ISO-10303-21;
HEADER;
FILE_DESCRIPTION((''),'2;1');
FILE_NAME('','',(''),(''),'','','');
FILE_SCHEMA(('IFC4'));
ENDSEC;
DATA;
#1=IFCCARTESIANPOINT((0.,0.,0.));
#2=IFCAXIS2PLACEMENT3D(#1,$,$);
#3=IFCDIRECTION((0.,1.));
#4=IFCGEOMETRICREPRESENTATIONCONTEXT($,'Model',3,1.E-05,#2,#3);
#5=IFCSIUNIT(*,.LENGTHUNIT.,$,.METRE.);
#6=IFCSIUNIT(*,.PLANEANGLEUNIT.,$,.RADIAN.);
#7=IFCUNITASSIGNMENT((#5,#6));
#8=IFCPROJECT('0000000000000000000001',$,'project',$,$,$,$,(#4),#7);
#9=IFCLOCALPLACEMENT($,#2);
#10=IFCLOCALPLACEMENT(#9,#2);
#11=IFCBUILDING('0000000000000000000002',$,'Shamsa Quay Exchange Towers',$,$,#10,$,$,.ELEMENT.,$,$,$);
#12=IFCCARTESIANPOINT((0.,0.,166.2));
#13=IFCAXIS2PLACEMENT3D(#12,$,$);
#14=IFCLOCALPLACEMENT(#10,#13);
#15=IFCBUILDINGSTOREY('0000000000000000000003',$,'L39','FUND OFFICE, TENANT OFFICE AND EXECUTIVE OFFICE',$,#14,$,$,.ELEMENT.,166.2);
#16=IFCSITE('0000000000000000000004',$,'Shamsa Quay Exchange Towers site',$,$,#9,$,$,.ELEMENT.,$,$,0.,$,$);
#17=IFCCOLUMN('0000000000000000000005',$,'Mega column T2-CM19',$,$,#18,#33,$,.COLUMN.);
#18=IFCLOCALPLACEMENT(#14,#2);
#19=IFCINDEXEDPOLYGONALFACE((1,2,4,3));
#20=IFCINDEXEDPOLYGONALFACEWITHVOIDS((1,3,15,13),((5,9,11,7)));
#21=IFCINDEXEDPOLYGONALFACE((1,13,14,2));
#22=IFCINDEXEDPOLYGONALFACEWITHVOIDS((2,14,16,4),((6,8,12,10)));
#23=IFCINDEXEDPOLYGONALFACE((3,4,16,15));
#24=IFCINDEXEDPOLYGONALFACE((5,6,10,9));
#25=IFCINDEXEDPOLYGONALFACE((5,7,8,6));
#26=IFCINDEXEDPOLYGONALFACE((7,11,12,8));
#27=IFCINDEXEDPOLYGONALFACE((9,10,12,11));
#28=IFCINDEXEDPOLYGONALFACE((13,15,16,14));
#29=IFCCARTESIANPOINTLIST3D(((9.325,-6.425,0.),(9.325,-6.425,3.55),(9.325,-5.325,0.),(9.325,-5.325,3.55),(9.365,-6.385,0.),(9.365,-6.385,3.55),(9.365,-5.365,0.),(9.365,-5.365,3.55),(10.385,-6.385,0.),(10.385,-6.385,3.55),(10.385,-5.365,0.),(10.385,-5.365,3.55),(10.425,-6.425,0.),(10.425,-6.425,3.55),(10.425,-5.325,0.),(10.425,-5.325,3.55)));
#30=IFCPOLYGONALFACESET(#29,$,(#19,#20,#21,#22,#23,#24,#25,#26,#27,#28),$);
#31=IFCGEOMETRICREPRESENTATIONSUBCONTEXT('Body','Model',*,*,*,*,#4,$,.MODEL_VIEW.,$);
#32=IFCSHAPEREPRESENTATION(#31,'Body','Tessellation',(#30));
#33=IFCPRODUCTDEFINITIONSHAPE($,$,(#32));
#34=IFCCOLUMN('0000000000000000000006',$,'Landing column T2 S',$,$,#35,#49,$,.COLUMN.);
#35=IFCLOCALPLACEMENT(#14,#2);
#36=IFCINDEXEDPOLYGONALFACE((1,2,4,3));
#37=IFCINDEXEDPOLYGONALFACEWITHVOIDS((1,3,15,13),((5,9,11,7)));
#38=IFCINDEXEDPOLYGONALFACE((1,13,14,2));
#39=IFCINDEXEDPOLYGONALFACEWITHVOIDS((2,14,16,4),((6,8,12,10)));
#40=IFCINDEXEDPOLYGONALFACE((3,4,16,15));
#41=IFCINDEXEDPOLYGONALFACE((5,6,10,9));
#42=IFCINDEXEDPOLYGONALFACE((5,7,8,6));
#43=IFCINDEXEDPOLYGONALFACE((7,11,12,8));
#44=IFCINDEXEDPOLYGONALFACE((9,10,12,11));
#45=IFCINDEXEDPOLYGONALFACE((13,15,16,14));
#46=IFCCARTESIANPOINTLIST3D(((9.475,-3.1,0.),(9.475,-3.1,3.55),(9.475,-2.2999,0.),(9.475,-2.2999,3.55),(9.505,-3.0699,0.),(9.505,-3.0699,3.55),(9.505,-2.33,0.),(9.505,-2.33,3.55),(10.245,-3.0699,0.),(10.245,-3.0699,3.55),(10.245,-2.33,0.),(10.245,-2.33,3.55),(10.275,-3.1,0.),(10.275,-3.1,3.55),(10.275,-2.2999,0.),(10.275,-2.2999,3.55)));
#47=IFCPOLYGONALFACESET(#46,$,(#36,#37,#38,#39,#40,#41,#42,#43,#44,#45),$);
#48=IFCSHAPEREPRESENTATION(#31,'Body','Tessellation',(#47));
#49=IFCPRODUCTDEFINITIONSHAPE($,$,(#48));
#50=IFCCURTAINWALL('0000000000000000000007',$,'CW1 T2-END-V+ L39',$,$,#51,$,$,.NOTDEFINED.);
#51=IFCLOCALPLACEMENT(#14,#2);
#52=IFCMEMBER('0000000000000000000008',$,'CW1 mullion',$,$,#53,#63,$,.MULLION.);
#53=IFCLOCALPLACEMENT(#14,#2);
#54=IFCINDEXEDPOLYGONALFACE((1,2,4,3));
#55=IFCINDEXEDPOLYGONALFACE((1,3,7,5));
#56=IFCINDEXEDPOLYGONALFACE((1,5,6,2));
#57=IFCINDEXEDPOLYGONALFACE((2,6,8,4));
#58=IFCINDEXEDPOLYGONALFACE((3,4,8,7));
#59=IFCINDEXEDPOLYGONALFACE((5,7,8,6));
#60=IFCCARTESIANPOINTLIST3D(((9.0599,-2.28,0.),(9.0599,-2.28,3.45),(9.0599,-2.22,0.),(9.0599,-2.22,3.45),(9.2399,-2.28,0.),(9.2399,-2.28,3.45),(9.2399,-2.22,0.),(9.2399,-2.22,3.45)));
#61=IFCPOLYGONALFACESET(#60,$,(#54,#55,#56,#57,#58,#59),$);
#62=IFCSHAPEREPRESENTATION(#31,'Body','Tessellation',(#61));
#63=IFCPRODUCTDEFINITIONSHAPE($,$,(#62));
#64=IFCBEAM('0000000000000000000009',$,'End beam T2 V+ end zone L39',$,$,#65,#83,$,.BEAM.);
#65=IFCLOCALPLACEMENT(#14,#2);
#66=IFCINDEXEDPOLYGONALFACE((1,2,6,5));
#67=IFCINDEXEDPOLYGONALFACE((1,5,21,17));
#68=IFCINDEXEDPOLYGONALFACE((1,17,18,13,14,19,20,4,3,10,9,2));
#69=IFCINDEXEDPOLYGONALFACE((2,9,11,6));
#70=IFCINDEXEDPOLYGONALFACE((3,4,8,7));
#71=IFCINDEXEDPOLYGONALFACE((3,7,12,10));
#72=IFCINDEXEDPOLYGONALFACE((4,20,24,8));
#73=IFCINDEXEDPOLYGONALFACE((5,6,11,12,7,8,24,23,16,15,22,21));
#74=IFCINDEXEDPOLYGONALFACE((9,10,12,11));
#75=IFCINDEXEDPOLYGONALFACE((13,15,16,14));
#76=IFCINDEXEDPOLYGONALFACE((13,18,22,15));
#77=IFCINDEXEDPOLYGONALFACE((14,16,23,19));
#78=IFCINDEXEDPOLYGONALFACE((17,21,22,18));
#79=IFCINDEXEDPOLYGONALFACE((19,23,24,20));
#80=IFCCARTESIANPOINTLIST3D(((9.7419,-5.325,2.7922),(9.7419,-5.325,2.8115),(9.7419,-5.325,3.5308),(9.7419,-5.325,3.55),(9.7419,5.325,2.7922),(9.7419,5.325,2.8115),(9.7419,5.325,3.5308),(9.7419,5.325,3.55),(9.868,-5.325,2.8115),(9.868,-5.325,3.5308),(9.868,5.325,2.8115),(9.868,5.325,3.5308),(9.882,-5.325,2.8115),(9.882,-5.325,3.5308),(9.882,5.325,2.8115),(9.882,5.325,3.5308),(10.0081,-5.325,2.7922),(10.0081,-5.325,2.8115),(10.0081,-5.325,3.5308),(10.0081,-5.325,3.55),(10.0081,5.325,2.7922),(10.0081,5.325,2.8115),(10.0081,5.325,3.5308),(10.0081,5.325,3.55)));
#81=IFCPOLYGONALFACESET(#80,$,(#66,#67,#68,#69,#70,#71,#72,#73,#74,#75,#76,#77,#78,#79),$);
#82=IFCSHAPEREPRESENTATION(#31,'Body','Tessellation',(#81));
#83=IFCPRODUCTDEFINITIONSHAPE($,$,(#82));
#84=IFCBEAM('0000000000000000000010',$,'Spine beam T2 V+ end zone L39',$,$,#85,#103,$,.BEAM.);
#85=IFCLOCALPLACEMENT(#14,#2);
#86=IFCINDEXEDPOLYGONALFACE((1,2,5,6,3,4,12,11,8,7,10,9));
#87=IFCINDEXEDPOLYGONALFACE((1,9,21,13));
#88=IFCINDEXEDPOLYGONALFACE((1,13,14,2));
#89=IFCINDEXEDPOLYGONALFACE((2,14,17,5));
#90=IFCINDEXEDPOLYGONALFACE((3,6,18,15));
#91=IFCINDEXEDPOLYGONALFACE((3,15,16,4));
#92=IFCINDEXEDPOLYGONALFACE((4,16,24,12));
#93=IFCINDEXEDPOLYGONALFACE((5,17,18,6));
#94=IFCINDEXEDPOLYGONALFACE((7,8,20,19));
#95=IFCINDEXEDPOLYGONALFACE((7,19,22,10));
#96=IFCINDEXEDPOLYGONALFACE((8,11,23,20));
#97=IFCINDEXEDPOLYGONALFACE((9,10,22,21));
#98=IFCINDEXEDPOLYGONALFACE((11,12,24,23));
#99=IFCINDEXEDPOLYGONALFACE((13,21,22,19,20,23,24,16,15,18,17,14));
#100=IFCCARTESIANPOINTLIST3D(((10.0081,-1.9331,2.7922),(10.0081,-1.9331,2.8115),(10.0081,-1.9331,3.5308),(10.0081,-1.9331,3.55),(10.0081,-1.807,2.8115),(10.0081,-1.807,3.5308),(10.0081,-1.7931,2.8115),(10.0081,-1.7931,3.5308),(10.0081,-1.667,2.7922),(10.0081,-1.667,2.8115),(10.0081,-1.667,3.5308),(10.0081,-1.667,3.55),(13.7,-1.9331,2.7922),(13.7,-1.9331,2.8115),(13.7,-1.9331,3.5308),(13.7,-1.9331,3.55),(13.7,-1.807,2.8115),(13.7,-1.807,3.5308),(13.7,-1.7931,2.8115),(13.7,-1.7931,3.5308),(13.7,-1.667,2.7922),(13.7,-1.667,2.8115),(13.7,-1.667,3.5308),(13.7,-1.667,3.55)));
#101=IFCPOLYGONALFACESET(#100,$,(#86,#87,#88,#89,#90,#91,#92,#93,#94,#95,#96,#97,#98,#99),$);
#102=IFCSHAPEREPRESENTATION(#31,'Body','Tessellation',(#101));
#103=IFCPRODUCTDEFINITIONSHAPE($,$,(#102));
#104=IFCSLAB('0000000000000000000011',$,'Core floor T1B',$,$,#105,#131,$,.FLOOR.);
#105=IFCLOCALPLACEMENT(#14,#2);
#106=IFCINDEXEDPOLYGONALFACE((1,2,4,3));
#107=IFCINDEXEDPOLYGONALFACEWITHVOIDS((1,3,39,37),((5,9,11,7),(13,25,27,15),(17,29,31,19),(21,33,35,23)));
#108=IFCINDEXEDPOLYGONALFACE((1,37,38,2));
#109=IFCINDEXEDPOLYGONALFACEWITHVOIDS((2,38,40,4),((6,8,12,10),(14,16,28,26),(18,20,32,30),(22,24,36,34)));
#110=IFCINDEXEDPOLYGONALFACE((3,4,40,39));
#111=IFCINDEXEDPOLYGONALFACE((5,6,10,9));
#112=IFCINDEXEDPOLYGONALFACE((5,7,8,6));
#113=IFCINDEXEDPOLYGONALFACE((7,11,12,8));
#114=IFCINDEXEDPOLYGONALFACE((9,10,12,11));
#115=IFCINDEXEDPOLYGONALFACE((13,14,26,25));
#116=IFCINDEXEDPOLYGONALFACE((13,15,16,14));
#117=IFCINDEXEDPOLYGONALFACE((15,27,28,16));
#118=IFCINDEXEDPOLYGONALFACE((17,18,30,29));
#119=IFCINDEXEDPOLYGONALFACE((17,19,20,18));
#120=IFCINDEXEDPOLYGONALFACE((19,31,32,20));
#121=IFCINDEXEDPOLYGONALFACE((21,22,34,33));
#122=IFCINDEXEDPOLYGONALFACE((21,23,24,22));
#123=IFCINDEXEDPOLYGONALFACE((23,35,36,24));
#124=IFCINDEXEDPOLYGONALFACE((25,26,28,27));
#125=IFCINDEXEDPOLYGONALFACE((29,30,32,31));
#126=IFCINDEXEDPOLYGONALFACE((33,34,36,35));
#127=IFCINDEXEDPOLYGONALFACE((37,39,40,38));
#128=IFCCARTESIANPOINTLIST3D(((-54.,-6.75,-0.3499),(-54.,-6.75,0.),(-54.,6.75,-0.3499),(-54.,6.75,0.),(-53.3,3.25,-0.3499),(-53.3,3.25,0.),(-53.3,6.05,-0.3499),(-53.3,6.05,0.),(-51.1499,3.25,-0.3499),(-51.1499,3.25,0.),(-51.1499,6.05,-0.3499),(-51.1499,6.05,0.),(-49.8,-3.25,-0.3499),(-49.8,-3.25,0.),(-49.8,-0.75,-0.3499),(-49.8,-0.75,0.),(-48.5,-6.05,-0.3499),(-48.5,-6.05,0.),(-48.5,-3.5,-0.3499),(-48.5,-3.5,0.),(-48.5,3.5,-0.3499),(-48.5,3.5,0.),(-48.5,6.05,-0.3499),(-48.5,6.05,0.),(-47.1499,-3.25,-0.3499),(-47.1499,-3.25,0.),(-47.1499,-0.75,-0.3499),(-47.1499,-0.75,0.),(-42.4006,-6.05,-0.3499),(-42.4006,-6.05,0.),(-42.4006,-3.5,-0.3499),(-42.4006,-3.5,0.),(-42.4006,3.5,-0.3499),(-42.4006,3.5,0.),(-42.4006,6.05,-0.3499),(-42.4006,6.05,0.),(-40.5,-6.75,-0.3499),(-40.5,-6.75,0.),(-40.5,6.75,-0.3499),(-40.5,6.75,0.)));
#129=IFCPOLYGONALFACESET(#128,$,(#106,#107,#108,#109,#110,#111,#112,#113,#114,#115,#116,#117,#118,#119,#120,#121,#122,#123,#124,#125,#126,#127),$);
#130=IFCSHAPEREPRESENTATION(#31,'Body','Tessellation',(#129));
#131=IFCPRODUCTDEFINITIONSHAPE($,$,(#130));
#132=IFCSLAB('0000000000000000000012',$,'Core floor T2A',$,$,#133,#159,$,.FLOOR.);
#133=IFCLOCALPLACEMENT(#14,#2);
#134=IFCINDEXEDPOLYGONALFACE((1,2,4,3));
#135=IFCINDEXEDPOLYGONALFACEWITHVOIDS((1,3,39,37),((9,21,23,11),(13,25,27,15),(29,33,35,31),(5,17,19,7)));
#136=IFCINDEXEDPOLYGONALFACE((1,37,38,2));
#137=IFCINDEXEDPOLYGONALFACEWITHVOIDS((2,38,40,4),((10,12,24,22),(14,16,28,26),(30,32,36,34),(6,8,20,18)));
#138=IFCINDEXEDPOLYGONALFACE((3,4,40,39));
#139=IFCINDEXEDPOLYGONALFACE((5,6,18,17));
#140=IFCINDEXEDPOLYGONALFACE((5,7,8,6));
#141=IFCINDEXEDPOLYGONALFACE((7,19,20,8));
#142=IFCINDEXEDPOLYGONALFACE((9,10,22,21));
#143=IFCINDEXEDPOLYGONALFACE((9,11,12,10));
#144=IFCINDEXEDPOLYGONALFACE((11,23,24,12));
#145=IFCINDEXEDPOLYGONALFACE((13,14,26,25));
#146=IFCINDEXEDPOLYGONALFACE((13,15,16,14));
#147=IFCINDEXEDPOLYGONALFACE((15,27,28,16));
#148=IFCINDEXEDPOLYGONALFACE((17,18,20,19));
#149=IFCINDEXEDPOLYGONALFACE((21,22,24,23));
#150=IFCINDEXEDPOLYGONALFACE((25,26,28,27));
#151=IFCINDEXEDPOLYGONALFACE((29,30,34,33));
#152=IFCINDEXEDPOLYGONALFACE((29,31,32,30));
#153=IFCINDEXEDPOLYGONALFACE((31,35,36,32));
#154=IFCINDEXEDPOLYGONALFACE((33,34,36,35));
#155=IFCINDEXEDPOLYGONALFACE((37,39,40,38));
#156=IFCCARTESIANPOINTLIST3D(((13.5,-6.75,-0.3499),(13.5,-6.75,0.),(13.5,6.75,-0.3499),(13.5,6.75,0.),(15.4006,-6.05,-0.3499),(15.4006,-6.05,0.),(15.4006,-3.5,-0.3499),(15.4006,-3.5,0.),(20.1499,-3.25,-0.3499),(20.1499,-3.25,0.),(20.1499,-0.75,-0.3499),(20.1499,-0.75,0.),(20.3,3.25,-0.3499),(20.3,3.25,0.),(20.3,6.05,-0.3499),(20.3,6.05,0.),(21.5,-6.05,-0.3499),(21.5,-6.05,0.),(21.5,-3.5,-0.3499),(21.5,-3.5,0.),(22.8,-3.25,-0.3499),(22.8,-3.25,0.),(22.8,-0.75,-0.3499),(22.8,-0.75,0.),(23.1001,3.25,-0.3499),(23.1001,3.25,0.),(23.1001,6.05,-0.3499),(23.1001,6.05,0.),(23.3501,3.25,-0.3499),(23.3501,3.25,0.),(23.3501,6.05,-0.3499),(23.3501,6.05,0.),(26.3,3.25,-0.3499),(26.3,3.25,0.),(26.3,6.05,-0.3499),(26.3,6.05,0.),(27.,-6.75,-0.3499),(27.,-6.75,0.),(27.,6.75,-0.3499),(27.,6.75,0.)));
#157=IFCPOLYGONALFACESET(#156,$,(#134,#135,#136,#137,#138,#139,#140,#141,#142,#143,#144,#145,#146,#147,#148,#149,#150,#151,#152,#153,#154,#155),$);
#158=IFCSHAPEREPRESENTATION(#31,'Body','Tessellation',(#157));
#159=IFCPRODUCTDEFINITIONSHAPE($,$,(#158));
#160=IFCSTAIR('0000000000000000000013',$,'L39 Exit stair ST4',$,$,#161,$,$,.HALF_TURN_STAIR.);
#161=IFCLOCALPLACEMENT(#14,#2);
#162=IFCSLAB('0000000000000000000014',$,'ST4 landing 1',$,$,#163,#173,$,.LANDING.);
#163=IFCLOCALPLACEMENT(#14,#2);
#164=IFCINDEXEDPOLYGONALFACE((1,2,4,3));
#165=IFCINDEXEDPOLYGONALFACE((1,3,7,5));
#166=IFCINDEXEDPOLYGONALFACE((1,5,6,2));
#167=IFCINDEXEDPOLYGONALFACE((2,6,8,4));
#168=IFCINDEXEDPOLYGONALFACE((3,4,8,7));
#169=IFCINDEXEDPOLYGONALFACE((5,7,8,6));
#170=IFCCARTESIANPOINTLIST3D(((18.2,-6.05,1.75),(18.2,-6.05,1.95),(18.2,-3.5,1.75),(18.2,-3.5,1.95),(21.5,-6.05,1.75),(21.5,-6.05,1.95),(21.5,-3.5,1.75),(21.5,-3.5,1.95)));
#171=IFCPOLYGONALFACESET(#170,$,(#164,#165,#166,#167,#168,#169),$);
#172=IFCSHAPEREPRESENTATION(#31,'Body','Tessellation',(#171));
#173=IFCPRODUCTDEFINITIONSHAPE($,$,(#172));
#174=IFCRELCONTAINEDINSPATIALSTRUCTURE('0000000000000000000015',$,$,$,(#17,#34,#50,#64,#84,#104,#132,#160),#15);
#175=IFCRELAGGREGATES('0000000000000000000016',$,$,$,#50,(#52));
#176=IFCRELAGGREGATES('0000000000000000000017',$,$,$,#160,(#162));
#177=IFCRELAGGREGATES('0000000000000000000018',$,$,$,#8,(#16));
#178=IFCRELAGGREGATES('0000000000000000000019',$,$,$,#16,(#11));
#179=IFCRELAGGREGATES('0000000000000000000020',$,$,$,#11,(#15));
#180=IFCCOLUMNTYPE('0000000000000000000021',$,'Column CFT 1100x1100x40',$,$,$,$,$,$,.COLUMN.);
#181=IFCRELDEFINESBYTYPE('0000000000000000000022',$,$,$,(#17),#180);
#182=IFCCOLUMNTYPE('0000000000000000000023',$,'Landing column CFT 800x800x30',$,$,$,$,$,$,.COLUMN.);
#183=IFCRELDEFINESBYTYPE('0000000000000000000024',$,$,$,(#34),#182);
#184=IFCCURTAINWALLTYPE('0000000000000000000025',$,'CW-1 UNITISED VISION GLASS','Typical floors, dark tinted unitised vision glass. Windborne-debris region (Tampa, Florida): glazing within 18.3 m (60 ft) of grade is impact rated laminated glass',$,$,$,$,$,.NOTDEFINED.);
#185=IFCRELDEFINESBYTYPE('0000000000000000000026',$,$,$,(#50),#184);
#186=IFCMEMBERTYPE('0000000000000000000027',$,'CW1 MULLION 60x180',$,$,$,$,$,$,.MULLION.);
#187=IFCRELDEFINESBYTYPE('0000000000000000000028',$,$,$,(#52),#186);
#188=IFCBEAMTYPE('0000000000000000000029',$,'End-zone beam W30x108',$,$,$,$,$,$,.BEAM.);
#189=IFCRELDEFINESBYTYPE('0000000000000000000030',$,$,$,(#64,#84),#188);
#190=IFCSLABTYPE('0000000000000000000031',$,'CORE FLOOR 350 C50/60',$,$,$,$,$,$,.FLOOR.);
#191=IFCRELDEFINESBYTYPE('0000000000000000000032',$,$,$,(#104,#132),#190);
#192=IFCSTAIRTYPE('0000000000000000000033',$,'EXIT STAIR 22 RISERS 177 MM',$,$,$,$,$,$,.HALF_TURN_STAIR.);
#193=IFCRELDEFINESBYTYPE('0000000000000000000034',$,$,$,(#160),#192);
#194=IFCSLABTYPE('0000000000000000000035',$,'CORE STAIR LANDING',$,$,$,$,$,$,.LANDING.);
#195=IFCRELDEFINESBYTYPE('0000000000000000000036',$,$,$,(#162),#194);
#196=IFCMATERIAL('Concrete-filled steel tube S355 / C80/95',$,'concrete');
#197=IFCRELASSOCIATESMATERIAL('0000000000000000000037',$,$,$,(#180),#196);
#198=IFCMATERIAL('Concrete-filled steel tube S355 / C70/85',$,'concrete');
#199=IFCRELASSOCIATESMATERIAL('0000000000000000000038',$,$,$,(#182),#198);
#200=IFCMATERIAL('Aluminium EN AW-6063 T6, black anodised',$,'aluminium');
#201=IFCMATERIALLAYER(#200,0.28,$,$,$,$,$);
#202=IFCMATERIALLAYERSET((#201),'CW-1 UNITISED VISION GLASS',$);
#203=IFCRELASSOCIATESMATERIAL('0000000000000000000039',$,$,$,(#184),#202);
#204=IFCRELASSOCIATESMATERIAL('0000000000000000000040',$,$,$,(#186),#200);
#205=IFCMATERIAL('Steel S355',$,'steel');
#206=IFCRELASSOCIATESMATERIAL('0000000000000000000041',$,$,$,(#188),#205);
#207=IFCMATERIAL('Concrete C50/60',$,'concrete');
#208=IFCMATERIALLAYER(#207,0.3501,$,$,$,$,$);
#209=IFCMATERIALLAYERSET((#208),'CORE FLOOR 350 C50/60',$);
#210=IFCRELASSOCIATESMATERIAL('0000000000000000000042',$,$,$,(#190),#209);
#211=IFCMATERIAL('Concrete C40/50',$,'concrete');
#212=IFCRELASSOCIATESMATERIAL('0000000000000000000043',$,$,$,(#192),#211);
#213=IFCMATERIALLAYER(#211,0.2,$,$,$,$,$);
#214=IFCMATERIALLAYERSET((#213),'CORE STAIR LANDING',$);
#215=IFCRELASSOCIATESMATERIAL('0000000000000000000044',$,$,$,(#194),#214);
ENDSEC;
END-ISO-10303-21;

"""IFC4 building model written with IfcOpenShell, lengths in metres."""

from ifc_helpers import new_model, si_unit, direction, frame, origin, origin_2d, place, context, subcontext, project, spatial, polyline, rectangle, hollow_rectangle, i_section, outline, extrude, material, layer, layer_set, material_profile, profile_set, type_object, element, aggregate, save


model = new_model("IFC4")

# Units and contexts
model_context = context("Model", 3, precision=1e-05, world=origin(), true_north=direction((0.0, 1.0)))
body_context = subcontext(model_context, "Body", "Model", "MODEL_VIEW")
ifc_project = project(units=[si_unit("LENGTHUNIT", "METRE"), si_unit("PLANEANGLEUNIT", "RADIAN")], contexts=[model_context])

# Site, building, storey
site_placement = place(None, origin())
site = spatial("IfcSite", under=ifc_project, at=site_placement, Name="Shamsa Quay Exchange Towers site", CompositionType="ELEMENT", RefElevation=0.0)
building_placement = place(site_placement, origin())
building = spatial("IfcBuilding", under=site, at=building_placement, Name="Shamsa Quay Exchange Towers", CompositionType="ELEMENT")
storey_placement = place(building_placement, frame((0.0, 0.0, 166.2)))
storey = spatial("IfcBuildingStorey", under=building, at=storey_placement, Name="L39", Description="FUND OFFICE, TENANT OFFICE AND EXECUTIVE OFFICE", CompositionType="ELEMENT", Elevation=166.2)

# Columns
ifc_material_1 = material(Name="Concrete-filled steel tube S355 / C80/95", Category="concrete")
ifc_material_profile_1 = material_profile(ifc_material_1, hollow_rectangle(XDim=1.1001, YDim=1.1001, WallThickness=0.04, at=origin_2d()), Name="CFT 1100x1100x40")
ifc_profile_set_1 = profile_set([ifc_material_profile_1], Name="Concrete-filled steel tube S355 / C80/95")
column_type_1 = type_object("IfcColumnType", Name="Column CFT 1100x1100x40", PredefinedType="COLUMN", material=ifc_profile_set_1)
column_1_placement = place(storey_placement, frame((9.875, -5.875, 0.0)))
element("IfcColumn", 1, at=column_1_placement, inside=storey, type_object=column_type_1, Name="Mega column T2-CM19", PredefinedType="COLUMN", context=body_context, shape_type="SweptSolid", body=[
    extrude(hollow_rectangle(XDim=1.1001, YDim=1.1001, WallThickness=0.04, at=origin_2d()), origin(), (0.0, 0.0, 1.0), 3.55),
])
ifc_material_2 = material(Name="Concrete-filled steel tube S355 / C70/85", Category="concrete")
ifc_material_profile_2 = material_profile(ifc_material_2, hollow_rectangle(XDim=0.8, YDim=0.8, WallThickness=0.03, at=origin_2d()), Name="CFT 800x800x30")
ifc_profile_set_2 = profile_set([ifc_material_profile_2], Name="Concrete-filled steel tube S355 / C70/85")
column_type_2 = type_object("IfcColumnType", Name="Landing column CFT 800x800x30", PredefinedType="COLUMN", material=ifc_profile_set_2)
column_2_placement = place(storey_placement, frame((9.875, -2.7, 0.0)))
element("IfcColumn", 2, at=column_2_placement, inside=storey, type_object=column_type_2, Name="Landing column T2 S", PredefinedType="COLUMN", context=body_context, shape_type="SweptSolid", body=[
    extrude(hollow_rectangle(XDim=0.8, YDim=0.8, WallThickness=0.03, at=origin_2d()), origin(), (0.0, 0.0, 1.0), 3.55),
])

# Curtain wall, member
ifc_material_3 = material(Name="Aluminium EN AW-6063 T6, black anodised", Category="aluminium")
ifc_layer_1 = layer(ifc_material_3, 0.28)
ifc_layer_set_1 = layer_set([ifc_layer_1], Name="CW-1 UNITISED VISION GLASS")
curtain_wall_type_1 = type_object("IfcCurtainWallType", Name="CW-1 UNITISED VISION GLASS", Description="Typical floors, dark tinted unitised vision glass. Windborne-debris region (Tampa, Florida): glazing within 18.3 m (60 ft) of grade is impact rated laminated glass", PredefinedType="NOTDEFINED", material=ifc_layer_set_1)
curtain_wall_1_placement = place(storey_placement, origin())
curtain_wall_1 = element("IfcCurtainWall", 3, at=curtain_wall_1_placement, inside=storey, type_object=curtain_wall_type_1, Name="CW1 T2-END-V+ L39", PredefinedType="NOTDEFINED")
ifc_material_profile_3 = material_profile(ifc_material_3, rectangle(XDim=0.1799, YDim=0.0601, at=origin_2d()), Name="MU60x180")
ifc_profile_set_3 = profile_set([ifc_material_profile_3], Name="Aluminium EN AW-6063 T6, black anodised")
member_type = type_object("IfcMemberType", Name="CW1 MULLION 60x180", PredefinedType="MULLION", material=ifc_profile_set_3)
member_placement = place(storey_placement, frame((9.1499, -2.25, 0.0)))
member = element("IfcMember", 4, at=member_placement, type_object=member_type, Name="CW1 mullion", PredefinedType="MULLION", context=body_context, shape_type="SweptSolid", body=[
    extrude(rectangle(XDim=0.1799, YDim=0.0601, at=origin_2d()), origin(), (0.0, 0.0, 1.0), 3.45),
])

# Beams
ifc_material_4 = material(Name="Steel S355", Category="steel")
ifc_material_profile_4 = material_profile(ifc_material_4, i_section(OverallWidth=0.2661, OverallDepth=0.7578, WebThickness=0.0139, FlangeThickness=0.0193, at=origin_2d()), Name="W30x108")
ifc_profile_set_4 = profile_set([ifc_material_profile_4], Name="Steel S355")
beam_type = type_object("IfcBeamType", Name="End-zone beam W30x108", PredefinedType="BEAM", material=ifc_profile_set_4)
beam_1_placement = place(storey_placement, frame((9.875, -5.325, 3.1711), z_axis=(0.0, 1.0, 0.0), x_axis=(-1.0, 0.0, 0.0)))
element("IfcBeam", 5, at=beam_1_placement, inside=storey, type_object=beam_type, Name="End beam T2 V+ end zone L39", PredefinedType="BEAM", context=body_context, shape_type="SweptSolid", body=[
    extrude(i_section(OverallWidth=0.2661, OverallDepth=0.7578, WebThickness=0.0139, FlangeThickness=0.0193, at=origin_2d()), origin(), (0.0, 0.0, 1.0), 10.6499),
])
beam_2_placement = place(storey_placement, frame((13.7, -1.8, 3.1711), z_axis=(-1.0, 0.0, 0.0), x_axis=(0.0, -1.0, 0.0)))
element("IfcBeam", 6, at=beam_2_placement, inside=storey, type_object=beam_type, Name="Spine beam T2 V+ end zone L39", PredefinedType="BEAM", context=body_context, shape_type="SweptSolid", body=[
    extrude(i_section(OverallWidth=0.2661, OverallDepth=0.7578, WebThickness=0.0139, FlangeThickness=0.0193, at=origin_2d()), origin(), (0.0, 0.0, 1.0), 3.6919),
])

# Slabs
ifc_material_5 = material(Name="Concrete C50/60", Category="concrete")
ifc_layer_2 = layer(ifc_material_5, 0.3501)
ifc_layer_set_2 = layer_set([ifc_layer_2], Name="CORE FLOOR 350 C50/60")
slab_type_1 = type_object("IfcSlabType", Name="CORE FLOOR 350 C50/60", PredefinedType="FLOOR", material=ifc_layer_set_2)
slab_1_placement = place(storey_placement, frame((0.0, 0.0, -0.3499)))
element("IfcSlab", 7, at=slab_1_placement, inside=storey, type_object=slab_type_1, Name="Core floor T1B", PredefinedType="FLOOR", context=body_context, shape_type="SweptSolid", body=[
    extrude(outline(polyline([(-40.5, -6.75), (-40.5, 6.75), (-54.0, 6.75), (-54.0, -6.75), (-40.5, -6.75)]), holes=[polyline([(-42.4006, -3.5), (-42.4006, -6.05), (-48.5, -6.05), (-48.5, -3.5), (-42.4006, -3.5)]), polyline([(-42.4006, 6.05), (-42.4006, 3.5), (-48.5, 3.5), (-48.5, 6.05), (-42.4006, 6.05)]), polyline([(-51.1499, 3.25), (-53.3, 3.25), (-53.3, 6.05), (-51.1499, 6.05), (-51.1499, 3.25)]), polyline([(-47.1499, -3.25), (-49.8, -3.25), (-49.8, -0.75), (-47.1499, -0.75), (-47.1499, -3.25)])]), origin(), (0.0, 0.0, 1.0), 0.3499),
])
slab_2_placement = place(storey_placement, frame((0.0, 0.0, -0.3499)))
element("IfcSlab", 8, at=slab_2_placement, inside=storey, type_object=slab_type_1, Name="Core floor T2A", PredefinedType="FLOOR", context=body_context, shape_type="SweptSolid", body=[
    extrude(outline(polyline([(13.5, -6.75), (27.0, -6.75), (27.0, 6.75), (13.5, 6.75), (13.5, -6.75)]), holes=[polyline([(15.4006, -6.05), (15.4006, -3.5), (21.5, -3.5), (21.5, -6.05), (15.4006, -6.05)]), polyline([(20.3, 3.25), (20.3, 6.05), (23.1001, 6.05), (23.1001, 3.25), (20.3, 3.25)]), polyline([(23.3501, 3.25), (23.3501, 6.05), (26.3, 6.05), (26.3, 3.25), (23.3501, 3.25)]), polyline([(20.1499, -3.25), (20.1499, -0.75), (22.8, -0.75), (22.8, -3.25), (20.1499, -3.25)])]), origin(), (0.0, 0.0, 1.0), 0.3499),
])

# Stair, slab
ifc_material_6 = material(Name="Concrete C40/50", Category="concrete")
stair_type = type_object("IfcStairType", Name="EXIT STAIR 22 RISERS 177 MM", PredefinedType="HALF_TURN_STAIR", material=ifc_material_6)
stair_placement = place(storey_placement, origin())
stair = element("IfcStair", 9, at=stair_placement, inside=storey, type_object=stair_type, Name="L39 Exit stair ST4", PredefinedType="HALF_TURN_STAIR")
ifc_layer_3 = layer(ifc_material_6, 0.2)
ifc_layer_set_3 = layer_set([ifc_layer_3], Name="CORE STAIR LANDING")
slab_type_2 = type_object("IfcSlabType", Name="CORE STAIR LANDING", PredefinedType="LANDING", material=ifc_layer_set_3)
slab_3_placement = place(storey_placement, frame((0.0, 0.0, 1.75)))
slab_3 = element("IfcSlab", 10, at=slab_3_placement, type_object=slab_type_2, Name="ST4 landing 1", PredefinedType="LANDING", context=body_context, shape_type="SweptSolid", body=[
    extrude(outline(polyline([(18.2, -6.05), (21.5, -6.05), (21.5, -3.5), (18.2, -3.5), (18.2, -6.05)])), origin(), (0.0, 0.0, 1.0), 0.2),
])

aggregate(curtain_wall_1, [member])

aggregate(stair, [slab_3])

save(model, "model.ifc")
